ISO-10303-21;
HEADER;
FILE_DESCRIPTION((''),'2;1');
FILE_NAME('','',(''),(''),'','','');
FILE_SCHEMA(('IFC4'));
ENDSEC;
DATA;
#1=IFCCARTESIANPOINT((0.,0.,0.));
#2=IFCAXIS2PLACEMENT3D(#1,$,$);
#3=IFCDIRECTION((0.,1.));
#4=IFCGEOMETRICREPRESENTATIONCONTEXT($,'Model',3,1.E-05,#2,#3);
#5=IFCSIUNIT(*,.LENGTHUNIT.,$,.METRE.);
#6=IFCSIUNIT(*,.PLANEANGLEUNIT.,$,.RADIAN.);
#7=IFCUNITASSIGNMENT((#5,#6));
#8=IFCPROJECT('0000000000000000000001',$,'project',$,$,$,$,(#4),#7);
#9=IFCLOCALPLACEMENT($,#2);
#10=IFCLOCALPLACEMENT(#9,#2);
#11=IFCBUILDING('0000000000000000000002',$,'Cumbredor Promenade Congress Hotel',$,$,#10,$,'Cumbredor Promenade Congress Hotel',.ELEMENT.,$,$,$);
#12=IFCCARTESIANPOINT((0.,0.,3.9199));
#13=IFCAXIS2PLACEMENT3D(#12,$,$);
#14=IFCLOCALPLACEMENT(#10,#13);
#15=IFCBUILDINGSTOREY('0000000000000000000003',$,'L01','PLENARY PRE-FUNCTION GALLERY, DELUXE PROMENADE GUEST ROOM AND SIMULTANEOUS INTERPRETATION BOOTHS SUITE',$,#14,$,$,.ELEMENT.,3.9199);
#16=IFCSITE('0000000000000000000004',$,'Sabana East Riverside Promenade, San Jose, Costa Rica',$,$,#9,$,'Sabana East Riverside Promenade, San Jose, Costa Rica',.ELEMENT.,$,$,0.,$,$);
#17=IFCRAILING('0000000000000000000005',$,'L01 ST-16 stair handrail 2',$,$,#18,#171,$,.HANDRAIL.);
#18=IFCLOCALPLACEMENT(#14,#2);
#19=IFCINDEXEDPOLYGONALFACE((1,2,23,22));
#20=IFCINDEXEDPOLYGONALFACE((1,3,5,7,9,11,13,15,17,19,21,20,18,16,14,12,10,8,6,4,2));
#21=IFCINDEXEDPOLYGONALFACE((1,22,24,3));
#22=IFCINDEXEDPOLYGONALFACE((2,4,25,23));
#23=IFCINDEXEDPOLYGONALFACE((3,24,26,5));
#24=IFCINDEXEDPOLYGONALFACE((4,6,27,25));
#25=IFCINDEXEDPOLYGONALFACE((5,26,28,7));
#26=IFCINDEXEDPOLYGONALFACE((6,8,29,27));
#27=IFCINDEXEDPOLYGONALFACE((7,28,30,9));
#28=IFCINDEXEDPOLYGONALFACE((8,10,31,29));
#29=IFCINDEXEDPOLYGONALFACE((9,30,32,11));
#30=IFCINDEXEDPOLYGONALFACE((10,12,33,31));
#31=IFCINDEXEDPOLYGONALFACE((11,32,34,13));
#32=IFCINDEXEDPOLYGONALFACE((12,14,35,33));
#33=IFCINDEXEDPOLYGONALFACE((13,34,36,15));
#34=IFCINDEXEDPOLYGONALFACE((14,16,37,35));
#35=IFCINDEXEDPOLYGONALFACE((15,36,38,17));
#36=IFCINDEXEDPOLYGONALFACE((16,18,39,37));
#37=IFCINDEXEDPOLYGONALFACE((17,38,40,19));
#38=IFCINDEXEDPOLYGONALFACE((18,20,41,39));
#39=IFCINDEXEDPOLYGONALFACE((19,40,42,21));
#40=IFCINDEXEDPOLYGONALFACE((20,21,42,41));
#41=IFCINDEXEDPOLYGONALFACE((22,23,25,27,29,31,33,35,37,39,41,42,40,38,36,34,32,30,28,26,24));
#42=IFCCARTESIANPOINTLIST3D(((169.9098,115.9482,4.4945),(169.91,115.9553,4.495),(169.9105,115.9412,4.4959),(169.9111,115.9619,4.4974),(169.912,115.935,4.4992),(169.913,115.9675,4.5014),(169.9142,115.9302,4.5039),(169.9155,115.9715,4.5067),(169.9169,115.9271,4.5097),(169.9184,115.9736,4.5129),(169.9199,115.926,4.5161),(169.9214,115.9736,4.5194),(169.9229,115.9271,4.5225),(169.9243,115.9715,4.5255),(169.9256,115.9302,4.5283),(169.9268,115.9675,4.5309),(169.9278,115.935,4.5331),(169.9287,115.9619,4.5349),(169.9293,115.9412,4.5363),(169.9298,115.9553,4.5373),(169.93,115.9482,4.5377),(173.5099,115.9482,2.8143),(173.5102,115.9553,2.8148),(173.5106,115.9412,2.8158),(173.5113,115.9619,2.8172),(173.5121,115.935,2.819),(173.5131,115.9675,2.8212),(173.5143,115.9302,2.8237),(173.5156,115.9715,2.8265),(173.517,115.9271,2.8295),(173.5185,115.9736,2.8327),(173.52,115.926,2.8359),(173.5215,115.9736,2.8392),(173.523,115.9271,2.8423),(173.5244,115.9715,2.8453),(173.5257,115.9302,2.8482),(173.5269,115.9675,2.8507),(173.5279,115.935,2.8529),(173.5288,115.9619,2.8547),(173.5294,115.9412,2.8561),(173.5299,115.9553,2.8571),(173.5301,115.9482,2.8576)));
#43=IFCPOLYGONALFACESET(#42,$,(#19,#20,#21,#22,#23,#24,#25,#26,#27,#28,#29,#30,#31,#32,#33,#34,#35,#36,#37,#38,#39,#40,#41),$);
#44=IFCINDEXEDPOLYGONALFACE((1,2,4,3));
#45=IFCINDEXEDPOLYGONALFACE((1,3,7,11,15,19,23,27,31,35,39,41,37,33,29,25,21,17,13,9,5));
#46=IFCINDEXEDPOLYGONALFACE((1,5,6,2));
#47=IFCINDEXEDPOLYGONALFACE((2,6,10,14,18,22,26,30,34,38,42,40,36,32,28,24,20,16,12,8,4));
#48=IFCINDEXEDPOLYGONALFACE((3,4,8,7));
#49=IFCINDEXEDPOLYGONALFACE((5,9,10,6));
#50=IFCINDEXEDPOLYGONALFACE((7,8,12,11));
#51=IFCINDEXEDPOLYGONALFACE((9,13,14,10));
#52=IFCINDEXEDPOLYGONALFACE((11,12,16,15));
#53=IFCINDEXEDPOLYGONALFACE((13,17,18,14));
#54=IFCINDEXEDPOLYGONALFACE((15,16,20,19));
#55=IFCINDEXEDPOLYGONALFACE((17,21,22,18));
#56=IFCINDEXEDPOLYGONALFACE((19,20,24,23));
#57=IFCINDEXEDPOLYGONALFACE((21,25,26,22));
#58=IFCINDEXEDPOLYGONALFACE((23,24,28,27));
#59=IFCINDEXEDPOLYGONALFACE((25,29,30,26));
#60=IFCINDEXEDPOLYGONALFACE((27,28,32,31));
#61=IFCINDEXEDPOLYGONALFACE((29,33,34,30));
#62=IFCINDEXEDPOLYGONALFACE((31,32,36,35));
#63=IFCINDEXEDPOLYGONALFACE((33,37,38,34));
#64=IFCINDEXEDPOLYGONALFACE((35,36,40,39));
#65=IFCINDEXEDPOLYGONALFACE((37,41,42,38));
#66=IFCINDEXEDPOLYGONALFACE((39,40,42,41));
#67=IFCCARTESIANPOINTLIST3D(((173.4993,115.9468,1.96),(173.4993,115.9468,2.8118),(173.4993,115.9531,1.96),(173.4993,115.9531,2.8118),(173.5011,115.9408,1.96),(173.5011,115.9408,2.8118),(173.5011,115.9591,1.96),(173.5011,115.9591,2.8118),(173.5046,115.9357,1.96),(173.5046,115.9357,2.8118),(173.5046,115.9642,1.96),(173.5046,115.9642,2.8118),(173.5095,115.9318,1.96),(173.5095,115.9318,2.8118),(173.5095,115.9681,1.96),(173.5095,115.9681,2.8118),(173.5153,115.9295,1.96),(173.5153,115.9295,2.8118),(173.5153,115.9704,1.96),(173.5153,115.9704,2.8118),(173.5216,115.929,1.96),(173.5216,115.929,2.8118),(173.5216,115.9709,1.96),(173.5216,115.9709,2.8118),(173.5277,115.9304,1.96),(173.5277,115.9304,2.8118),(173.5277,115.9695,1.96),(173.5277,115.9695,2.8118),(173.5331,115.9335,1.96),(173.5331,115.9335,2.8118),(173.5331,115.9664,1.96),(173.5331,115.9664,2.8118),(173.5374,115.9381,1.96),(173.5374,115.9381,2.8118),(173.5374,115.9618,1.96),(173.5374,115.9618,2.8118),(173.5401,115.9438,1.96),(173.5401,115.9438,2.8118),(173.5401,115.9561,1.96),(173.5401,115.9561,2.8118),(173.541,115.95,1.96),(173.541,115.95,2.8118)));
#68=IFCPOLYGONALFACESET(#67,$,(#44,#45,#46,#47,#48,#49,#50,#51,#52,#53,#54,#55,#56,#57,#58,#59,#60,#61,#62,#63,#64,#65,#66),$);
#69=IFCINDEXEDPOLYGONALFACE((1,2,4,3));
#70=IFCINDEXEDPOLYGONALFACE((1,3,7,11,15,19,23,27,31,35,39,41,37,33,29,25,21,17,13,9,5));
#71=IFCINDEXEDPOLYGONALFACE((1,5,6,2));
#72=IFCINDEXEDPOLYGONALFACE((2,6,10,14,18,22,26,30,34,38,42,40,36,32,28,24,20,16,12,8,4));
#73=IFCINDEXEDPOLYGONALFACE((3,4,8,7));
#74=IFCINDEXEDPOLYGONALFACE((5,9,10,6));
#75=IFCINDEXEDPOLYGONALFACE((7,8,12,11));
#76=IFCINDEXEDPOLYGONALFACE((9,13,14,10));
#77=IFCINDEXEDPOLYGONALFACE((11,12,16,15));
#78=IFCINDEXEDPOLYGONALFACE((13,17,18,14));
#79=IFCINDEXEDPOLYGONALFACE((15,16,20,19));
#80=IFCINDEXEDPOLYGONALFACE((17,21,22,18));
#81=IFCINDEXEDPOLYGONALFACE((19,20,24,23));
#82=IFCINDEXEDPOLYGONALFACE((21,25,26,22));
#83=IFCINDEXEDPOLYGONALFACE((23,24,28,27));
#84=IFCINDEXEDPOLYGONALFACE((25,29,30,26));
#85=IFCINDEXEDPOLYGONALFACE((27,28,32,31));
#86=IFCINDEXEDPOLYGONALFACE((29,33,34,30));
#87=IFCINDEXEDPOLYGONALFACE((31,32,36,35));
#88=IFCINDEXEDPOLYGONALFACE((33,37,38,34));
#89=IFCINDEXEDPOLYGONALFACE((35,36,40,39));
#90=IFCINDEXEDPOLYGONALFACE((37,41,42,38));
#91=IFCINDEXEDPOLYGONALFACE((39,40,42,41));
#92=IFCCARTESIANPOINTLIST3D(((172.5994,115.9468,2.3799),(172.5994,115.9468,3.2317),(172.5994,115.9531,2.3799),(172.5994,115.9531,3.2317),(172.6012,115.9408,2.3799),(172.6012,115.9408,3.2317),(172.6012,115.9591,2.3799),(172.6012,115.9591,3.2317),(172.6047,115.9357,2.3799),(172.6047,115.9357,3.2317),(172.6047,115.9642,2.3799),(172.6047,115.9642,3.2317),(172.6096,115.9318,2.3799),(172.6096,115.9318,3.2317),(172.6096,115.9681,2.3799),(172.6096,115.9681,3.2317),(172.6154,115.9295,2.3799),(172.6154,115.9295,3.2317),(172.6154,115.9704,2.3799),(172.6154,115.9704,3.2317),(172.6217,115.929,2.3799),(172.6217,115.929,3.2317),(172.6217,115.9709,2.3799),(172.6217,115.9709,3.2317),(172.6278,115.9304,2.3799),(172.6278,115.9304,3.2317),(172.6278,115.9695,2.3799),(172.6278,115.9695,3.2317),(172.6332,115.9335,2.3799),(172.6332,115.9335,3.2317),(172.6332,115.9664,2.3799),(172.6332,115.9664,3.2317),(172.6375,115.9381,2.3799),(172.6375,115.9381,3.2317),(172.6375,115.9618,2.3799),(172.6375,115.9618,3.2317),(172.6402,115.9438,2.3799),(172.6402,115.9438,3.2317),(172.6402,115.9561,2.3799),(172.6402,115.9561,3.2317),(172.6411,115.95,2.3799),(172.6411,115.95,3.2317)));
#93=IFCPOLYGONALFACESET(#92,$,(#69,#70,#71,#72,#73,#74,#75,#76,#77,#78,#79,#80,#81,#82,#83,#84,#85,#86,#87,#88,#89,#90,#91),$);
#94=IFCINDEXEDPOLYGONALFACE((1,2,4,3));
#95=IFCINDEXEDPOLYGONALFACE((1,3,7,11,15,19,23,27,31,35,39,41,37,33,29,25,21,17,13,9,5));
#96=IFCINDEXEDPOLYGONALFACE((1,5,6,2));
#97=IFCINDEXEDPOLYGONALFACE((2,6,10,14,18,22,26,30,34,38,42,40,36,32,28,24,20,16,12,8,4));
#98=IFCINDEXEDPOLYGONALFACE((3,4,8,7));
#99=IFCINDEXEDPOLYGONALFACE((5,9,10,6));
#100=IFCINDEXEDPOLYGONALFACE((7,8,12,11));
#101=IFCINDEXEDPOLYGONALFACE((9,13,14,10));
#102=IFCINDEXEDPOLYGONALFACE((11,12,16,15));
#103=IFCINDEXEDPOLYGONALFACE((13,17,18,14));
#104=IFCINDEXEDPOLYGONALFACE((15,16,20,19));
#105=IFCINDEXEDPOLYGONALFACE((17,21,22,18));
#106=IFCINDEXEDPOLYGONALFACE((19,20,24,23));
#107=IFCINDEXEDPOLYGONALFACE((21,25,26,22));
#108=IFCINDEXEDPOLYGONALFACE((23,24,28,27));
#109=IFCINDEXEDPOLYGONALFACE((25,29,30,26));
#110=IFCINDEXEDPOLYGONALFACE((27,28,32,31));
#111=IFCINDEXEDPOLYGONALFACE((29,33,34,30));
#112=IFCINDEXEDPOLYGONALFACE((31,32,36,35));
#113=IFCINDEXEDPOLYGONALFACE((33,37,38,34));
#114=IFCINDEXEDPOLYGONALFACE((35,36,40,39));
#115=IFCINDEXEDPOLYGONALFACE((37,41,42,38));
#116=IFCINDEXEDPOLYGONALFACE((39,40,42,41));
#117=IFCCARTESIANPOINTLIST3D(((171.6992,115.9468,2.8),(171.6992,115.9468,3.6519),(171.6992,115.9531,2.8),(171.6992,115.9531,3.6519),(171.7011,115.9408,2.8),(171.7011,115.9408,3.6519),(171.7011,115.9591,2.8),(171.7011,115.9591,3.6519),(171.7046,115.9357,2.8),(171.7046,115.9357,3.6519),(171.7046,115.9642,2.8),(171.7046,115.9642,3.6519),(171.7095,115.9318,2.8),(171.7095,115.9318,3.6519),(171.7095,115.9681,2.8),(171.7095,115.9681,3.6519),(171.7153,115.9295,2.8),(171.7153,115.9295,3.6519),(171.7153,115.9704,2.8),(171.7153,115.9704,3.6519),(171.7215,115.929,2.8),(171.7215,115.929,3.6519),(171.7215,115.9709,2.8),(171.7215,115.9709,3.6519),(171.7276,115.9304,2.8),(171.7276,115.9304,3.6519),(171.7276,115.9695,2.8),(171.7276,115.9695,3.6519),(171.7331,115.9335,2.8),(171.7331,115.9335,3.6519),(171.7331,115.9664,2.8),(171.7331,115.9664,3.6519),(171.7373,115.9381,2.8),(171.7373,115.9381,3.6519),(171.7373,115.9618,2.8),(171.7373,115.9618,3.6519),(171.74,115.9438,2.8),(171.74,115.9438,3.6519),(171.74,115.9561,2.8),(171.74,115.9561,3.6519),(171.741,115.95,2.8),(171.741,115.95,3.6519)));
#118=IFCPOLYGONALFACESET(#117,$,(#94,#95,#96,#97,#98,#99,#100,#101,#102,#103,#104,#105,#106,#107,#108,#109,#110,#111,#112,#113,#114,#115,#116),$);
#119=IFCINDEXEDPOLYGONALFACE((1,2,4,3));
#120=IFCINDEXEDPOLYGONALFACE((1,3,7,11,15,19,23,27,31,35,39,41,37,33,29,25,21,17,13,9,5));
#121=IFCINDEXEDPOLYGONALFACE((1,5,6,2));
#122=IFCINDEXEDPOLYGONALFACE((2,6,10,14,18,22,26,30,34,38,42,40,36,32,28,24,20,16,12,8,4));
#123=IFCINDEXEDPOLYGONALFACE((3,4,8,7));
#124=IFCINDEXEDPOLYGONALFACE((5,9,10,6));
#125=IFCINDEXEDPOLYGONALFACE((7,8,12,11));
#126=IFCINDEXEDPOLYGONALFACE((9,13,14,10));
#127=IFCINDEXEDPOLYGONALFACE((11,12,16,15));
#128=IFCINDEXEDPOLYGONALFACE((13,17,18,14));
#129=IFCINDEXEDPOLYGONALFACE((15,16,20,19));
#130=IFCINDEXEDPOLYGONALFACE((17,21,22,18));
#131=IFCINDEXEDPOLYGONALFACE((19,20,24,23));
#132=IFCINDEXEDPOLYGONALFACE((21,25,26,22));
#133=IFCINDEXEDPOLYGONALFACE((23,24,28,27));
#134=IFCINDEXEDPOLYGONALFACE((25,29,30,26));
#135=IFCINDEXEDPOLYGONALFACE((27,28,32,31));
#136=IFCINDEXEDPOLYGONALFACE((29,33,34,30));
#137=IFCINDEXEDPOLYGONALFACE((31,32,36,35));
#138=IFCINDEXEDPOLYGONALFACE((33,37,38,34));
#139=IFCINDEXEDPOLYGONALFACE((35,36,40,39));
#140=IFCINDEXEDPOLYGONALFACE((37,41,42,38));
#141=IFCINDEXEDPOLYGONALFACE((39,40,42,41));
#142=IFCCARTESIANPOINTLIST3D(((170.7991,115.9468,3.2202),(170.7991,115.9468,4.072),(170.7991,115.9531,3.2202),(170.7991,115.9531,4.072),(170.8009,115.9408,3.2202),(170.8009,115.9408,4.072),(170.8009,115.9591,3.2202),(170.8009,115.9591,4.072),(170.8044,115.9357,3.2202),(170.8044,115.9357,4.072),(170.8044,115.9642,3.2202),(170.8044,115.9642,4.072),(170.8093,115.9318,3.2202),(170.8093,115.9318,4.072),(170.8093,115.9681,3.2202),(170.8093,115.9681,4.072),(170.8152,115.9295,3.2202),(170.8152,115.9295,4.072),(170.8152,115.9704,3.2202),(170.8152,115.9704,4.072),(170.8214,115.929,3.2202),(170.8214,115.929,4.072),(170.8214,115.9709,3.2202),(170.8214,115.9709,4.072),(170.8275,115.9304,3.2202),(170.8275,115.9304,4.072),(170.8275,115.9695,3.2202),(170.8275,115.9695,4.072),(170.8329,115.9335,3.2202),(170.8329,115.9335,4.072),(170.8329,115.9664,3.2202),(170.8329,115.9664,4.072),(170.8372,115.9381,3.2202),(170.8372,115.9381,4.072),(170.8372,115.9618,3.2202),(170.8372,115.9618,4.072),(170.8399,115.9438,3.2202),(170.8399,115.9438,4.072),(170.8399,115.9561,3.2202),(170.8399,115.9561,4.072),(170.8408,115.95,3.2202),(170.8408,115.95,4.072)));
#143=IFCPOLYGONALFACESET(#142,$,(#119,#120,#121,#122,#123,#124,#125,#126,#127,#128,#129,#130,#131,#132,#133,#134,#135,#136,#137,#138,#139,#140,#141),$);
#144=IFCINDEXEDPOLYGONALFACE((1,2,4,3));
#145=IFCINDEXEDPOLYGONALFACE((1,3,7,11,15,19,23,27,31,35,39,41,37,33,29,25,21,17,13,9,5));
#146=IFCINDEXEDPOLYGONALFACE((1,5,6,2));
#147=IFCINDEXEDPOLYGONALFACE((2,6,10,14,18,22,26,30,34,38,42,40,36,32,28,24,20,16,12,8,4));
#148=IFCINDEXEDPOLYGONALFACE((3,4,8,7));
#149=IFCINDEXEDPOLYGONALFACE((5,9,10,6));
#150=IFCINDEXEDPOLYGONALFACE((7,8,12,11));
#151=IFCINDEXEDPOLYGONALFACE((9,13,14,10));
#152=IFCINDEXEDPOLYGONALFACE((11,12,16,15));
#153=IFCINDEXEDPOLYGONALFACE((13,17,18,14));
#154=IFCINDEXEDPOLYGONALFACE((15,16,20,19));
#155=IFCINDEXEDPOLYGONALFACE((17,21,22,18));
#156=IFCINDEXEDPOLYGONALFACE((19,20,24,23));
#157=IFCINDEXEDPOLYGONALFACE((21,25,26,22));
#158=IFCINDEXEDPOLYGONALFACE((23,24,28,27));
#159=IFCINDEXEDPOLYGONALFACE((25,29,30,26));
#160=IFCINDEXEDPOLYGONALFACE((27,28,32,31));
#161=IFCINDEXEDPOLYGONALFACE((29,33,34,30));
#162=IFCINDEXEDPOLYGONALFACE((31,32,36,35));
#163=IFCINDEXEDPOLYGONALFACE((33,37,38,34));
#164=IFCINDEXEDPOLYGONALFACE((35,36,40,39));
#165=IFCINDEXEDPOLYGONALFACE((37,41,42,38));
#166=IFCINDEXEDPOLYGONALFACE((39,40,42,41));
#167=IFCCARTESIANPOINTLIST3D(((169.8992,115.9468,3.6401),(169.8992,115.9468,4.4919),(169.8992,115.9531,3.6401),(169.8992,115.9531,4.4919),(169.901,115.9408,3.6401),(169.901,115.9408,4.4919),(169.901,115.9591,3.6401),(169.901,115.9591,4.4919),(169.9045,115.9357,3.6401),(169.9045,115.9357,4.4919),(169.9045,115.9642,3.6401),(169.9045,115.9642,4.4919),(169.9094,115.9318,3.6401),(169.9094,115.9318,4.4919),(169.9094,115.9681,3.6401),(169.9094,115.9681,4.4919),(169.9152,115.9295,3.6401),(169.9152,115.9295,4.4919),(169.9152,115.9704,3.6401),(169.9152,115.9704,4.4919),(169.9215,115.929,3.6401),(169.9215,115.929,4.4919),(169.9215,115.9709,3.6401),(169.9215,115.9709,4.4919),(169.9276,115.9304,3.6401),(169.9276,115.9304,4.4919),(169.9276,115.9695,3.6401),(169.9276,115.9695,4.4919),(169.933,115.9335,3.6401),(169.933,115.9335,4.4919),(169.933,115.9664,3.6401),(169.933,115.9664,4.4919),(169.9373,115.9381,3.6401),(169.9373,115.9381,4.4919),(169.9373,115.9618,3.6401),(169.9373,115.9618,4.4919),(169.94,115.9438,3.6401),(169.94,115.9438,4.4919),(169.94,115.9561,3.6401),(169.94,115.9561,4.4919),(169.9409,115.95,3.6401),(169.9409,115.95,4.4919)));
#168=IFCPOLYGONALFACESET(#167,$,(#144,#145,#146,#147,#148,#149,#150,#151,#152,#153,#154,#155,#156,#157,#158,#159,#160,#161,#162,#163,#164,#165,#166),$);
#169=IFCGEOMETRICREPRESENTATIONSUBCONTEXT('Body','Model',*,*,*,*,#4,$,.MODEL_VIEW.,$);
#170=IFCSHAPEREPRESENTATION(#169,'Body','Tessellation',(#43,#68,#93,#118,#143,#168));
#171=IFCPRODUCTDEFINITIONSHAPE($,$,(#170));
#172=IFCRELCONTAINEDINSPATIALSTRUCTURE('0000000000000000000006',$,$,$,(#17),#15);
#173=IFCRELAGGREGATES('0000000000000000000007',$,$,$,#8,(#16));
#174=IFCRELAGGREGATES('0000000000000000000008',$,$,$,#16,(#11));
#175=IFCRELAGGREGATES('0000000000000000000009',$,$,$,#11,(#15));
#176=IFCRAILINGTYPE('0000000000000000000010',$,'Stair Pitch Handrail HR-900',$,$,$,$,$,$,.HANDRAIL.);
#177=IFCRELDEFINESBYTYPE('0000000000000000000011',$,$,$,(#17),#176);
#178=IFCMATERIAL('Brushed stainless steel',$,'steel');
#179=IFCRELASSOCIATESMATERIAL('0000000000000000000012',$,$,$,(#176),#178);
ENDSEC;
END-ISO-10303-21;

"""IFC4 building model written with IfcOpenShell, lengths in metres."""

from ifc_helpers import new_model, si_unit, direction, frame, origin, origin_2d, place, context, subcontext, project, spatial, circle, extrude, material, type_object, element, save


model = new_model("IFC4")

# Units and contexts
model_context = context("Model", 3, precision=1e-05, world=origin(), true_north=direction((0.0, 1.0)))
body_context = subcontext(model_context, "Body", "Model", "MODEL_VIEW")
ifc_project = project(units=[si_unit("LENGTHUNIT", "METRE"), si_unit("PLANEANGLEUNIT", "RADIAN")], contexts=[model_context])

# Site, building, storey
site_placement = place(None, origin())
site = spatial("IfcSite", under=ifc_project, at=site_placement, Name="Sabana East Riverside Promenade, San Jose, Costa Rica", LongName="Sabana East Riverside Promenade, San Jose, Costa Rica", CompositionType="ELEMENT", RefElevation=0.0)
building_placement = place(site_placement, origin())
building = spatial("IfcBuilding", under=site, at=building_placement, Name="Cumbredor Promenade Congress Hotel", LongName="Cumbredor Promenade Congress Hotel", CompositionType="ELEMENT")
storey_placement = place(building_placement, frame((0.0, 0.0, 3.9199)))
storey = spatial("IfcBuildingStorey", under=building, at=storey_placement, Name="L01", Description="PLENARY PRE-FUNCTION GALLERY, DELUXE PROMENADE GUEST ROOM AND SIMULTANEOUS INTERPRETATION BOOTHS SUITE", CompositionType="ELEMENT", Elevation=3.9199)

# Railing
ifc_material_1 = material(Name="Brushed stainless steel", Category="steel")
railing_type_1 = type_object("IfcRailingType", Name="Stair Pitch Handrail HR-900", PredefinedType="HANDRAIL", material=ifc_material_1)
railing_1_placement = place(storey_placement, frame((173.52, 115.95, 1.96)))
element("IfcRailing", 1, at=railing_1_placement, inside=storey, type_object=railing_type_1, Name="L01 ST-16 stair handrail 2", PredefinedType="HANDRAIL", context=body_context, shape_type="SweptSolid", body=[
    extrude(circle(Radius=0.0239, at=origin_2d()), frame((0.0, 0.0, 0.876), z_axis=(-0.906171, 0.0, 0.422912), x_axis=(0.0, -1.0, 0.0)), (0.0, 0.0, 1.0), 3.9729),
    extrude(circle(Radius=0.021, at=origin_2d()), origin(), (0.0, 0.0, 1.0), 0.8518),
    extrude(circle(Radius=0.021, at=origin_2d()), frame((-0.8999, 0.0, 0.4199)), (0.0, 0.0, 1.0), 0.8518),
    extrude(circle(Radius=0.021, at=origin_2d()), frame((-1.8, 0.0, 0.8401)), (0.0, 0.0, 1.0), 0.8518),
    extrude(circle(Radius=0.021, at=origin_2d()), frame((-2.7002, 0.0, 1.2603)), (0.0, 0.0, 1.0), 0.8518),
    extrude(circle(Radius=0.021, at=origin_2d()), frame((-3.6001, 0.0, 1.6802)), (0.0, 0.0, 1.0), 0.8518),
])

save(model, "model.ifc")
